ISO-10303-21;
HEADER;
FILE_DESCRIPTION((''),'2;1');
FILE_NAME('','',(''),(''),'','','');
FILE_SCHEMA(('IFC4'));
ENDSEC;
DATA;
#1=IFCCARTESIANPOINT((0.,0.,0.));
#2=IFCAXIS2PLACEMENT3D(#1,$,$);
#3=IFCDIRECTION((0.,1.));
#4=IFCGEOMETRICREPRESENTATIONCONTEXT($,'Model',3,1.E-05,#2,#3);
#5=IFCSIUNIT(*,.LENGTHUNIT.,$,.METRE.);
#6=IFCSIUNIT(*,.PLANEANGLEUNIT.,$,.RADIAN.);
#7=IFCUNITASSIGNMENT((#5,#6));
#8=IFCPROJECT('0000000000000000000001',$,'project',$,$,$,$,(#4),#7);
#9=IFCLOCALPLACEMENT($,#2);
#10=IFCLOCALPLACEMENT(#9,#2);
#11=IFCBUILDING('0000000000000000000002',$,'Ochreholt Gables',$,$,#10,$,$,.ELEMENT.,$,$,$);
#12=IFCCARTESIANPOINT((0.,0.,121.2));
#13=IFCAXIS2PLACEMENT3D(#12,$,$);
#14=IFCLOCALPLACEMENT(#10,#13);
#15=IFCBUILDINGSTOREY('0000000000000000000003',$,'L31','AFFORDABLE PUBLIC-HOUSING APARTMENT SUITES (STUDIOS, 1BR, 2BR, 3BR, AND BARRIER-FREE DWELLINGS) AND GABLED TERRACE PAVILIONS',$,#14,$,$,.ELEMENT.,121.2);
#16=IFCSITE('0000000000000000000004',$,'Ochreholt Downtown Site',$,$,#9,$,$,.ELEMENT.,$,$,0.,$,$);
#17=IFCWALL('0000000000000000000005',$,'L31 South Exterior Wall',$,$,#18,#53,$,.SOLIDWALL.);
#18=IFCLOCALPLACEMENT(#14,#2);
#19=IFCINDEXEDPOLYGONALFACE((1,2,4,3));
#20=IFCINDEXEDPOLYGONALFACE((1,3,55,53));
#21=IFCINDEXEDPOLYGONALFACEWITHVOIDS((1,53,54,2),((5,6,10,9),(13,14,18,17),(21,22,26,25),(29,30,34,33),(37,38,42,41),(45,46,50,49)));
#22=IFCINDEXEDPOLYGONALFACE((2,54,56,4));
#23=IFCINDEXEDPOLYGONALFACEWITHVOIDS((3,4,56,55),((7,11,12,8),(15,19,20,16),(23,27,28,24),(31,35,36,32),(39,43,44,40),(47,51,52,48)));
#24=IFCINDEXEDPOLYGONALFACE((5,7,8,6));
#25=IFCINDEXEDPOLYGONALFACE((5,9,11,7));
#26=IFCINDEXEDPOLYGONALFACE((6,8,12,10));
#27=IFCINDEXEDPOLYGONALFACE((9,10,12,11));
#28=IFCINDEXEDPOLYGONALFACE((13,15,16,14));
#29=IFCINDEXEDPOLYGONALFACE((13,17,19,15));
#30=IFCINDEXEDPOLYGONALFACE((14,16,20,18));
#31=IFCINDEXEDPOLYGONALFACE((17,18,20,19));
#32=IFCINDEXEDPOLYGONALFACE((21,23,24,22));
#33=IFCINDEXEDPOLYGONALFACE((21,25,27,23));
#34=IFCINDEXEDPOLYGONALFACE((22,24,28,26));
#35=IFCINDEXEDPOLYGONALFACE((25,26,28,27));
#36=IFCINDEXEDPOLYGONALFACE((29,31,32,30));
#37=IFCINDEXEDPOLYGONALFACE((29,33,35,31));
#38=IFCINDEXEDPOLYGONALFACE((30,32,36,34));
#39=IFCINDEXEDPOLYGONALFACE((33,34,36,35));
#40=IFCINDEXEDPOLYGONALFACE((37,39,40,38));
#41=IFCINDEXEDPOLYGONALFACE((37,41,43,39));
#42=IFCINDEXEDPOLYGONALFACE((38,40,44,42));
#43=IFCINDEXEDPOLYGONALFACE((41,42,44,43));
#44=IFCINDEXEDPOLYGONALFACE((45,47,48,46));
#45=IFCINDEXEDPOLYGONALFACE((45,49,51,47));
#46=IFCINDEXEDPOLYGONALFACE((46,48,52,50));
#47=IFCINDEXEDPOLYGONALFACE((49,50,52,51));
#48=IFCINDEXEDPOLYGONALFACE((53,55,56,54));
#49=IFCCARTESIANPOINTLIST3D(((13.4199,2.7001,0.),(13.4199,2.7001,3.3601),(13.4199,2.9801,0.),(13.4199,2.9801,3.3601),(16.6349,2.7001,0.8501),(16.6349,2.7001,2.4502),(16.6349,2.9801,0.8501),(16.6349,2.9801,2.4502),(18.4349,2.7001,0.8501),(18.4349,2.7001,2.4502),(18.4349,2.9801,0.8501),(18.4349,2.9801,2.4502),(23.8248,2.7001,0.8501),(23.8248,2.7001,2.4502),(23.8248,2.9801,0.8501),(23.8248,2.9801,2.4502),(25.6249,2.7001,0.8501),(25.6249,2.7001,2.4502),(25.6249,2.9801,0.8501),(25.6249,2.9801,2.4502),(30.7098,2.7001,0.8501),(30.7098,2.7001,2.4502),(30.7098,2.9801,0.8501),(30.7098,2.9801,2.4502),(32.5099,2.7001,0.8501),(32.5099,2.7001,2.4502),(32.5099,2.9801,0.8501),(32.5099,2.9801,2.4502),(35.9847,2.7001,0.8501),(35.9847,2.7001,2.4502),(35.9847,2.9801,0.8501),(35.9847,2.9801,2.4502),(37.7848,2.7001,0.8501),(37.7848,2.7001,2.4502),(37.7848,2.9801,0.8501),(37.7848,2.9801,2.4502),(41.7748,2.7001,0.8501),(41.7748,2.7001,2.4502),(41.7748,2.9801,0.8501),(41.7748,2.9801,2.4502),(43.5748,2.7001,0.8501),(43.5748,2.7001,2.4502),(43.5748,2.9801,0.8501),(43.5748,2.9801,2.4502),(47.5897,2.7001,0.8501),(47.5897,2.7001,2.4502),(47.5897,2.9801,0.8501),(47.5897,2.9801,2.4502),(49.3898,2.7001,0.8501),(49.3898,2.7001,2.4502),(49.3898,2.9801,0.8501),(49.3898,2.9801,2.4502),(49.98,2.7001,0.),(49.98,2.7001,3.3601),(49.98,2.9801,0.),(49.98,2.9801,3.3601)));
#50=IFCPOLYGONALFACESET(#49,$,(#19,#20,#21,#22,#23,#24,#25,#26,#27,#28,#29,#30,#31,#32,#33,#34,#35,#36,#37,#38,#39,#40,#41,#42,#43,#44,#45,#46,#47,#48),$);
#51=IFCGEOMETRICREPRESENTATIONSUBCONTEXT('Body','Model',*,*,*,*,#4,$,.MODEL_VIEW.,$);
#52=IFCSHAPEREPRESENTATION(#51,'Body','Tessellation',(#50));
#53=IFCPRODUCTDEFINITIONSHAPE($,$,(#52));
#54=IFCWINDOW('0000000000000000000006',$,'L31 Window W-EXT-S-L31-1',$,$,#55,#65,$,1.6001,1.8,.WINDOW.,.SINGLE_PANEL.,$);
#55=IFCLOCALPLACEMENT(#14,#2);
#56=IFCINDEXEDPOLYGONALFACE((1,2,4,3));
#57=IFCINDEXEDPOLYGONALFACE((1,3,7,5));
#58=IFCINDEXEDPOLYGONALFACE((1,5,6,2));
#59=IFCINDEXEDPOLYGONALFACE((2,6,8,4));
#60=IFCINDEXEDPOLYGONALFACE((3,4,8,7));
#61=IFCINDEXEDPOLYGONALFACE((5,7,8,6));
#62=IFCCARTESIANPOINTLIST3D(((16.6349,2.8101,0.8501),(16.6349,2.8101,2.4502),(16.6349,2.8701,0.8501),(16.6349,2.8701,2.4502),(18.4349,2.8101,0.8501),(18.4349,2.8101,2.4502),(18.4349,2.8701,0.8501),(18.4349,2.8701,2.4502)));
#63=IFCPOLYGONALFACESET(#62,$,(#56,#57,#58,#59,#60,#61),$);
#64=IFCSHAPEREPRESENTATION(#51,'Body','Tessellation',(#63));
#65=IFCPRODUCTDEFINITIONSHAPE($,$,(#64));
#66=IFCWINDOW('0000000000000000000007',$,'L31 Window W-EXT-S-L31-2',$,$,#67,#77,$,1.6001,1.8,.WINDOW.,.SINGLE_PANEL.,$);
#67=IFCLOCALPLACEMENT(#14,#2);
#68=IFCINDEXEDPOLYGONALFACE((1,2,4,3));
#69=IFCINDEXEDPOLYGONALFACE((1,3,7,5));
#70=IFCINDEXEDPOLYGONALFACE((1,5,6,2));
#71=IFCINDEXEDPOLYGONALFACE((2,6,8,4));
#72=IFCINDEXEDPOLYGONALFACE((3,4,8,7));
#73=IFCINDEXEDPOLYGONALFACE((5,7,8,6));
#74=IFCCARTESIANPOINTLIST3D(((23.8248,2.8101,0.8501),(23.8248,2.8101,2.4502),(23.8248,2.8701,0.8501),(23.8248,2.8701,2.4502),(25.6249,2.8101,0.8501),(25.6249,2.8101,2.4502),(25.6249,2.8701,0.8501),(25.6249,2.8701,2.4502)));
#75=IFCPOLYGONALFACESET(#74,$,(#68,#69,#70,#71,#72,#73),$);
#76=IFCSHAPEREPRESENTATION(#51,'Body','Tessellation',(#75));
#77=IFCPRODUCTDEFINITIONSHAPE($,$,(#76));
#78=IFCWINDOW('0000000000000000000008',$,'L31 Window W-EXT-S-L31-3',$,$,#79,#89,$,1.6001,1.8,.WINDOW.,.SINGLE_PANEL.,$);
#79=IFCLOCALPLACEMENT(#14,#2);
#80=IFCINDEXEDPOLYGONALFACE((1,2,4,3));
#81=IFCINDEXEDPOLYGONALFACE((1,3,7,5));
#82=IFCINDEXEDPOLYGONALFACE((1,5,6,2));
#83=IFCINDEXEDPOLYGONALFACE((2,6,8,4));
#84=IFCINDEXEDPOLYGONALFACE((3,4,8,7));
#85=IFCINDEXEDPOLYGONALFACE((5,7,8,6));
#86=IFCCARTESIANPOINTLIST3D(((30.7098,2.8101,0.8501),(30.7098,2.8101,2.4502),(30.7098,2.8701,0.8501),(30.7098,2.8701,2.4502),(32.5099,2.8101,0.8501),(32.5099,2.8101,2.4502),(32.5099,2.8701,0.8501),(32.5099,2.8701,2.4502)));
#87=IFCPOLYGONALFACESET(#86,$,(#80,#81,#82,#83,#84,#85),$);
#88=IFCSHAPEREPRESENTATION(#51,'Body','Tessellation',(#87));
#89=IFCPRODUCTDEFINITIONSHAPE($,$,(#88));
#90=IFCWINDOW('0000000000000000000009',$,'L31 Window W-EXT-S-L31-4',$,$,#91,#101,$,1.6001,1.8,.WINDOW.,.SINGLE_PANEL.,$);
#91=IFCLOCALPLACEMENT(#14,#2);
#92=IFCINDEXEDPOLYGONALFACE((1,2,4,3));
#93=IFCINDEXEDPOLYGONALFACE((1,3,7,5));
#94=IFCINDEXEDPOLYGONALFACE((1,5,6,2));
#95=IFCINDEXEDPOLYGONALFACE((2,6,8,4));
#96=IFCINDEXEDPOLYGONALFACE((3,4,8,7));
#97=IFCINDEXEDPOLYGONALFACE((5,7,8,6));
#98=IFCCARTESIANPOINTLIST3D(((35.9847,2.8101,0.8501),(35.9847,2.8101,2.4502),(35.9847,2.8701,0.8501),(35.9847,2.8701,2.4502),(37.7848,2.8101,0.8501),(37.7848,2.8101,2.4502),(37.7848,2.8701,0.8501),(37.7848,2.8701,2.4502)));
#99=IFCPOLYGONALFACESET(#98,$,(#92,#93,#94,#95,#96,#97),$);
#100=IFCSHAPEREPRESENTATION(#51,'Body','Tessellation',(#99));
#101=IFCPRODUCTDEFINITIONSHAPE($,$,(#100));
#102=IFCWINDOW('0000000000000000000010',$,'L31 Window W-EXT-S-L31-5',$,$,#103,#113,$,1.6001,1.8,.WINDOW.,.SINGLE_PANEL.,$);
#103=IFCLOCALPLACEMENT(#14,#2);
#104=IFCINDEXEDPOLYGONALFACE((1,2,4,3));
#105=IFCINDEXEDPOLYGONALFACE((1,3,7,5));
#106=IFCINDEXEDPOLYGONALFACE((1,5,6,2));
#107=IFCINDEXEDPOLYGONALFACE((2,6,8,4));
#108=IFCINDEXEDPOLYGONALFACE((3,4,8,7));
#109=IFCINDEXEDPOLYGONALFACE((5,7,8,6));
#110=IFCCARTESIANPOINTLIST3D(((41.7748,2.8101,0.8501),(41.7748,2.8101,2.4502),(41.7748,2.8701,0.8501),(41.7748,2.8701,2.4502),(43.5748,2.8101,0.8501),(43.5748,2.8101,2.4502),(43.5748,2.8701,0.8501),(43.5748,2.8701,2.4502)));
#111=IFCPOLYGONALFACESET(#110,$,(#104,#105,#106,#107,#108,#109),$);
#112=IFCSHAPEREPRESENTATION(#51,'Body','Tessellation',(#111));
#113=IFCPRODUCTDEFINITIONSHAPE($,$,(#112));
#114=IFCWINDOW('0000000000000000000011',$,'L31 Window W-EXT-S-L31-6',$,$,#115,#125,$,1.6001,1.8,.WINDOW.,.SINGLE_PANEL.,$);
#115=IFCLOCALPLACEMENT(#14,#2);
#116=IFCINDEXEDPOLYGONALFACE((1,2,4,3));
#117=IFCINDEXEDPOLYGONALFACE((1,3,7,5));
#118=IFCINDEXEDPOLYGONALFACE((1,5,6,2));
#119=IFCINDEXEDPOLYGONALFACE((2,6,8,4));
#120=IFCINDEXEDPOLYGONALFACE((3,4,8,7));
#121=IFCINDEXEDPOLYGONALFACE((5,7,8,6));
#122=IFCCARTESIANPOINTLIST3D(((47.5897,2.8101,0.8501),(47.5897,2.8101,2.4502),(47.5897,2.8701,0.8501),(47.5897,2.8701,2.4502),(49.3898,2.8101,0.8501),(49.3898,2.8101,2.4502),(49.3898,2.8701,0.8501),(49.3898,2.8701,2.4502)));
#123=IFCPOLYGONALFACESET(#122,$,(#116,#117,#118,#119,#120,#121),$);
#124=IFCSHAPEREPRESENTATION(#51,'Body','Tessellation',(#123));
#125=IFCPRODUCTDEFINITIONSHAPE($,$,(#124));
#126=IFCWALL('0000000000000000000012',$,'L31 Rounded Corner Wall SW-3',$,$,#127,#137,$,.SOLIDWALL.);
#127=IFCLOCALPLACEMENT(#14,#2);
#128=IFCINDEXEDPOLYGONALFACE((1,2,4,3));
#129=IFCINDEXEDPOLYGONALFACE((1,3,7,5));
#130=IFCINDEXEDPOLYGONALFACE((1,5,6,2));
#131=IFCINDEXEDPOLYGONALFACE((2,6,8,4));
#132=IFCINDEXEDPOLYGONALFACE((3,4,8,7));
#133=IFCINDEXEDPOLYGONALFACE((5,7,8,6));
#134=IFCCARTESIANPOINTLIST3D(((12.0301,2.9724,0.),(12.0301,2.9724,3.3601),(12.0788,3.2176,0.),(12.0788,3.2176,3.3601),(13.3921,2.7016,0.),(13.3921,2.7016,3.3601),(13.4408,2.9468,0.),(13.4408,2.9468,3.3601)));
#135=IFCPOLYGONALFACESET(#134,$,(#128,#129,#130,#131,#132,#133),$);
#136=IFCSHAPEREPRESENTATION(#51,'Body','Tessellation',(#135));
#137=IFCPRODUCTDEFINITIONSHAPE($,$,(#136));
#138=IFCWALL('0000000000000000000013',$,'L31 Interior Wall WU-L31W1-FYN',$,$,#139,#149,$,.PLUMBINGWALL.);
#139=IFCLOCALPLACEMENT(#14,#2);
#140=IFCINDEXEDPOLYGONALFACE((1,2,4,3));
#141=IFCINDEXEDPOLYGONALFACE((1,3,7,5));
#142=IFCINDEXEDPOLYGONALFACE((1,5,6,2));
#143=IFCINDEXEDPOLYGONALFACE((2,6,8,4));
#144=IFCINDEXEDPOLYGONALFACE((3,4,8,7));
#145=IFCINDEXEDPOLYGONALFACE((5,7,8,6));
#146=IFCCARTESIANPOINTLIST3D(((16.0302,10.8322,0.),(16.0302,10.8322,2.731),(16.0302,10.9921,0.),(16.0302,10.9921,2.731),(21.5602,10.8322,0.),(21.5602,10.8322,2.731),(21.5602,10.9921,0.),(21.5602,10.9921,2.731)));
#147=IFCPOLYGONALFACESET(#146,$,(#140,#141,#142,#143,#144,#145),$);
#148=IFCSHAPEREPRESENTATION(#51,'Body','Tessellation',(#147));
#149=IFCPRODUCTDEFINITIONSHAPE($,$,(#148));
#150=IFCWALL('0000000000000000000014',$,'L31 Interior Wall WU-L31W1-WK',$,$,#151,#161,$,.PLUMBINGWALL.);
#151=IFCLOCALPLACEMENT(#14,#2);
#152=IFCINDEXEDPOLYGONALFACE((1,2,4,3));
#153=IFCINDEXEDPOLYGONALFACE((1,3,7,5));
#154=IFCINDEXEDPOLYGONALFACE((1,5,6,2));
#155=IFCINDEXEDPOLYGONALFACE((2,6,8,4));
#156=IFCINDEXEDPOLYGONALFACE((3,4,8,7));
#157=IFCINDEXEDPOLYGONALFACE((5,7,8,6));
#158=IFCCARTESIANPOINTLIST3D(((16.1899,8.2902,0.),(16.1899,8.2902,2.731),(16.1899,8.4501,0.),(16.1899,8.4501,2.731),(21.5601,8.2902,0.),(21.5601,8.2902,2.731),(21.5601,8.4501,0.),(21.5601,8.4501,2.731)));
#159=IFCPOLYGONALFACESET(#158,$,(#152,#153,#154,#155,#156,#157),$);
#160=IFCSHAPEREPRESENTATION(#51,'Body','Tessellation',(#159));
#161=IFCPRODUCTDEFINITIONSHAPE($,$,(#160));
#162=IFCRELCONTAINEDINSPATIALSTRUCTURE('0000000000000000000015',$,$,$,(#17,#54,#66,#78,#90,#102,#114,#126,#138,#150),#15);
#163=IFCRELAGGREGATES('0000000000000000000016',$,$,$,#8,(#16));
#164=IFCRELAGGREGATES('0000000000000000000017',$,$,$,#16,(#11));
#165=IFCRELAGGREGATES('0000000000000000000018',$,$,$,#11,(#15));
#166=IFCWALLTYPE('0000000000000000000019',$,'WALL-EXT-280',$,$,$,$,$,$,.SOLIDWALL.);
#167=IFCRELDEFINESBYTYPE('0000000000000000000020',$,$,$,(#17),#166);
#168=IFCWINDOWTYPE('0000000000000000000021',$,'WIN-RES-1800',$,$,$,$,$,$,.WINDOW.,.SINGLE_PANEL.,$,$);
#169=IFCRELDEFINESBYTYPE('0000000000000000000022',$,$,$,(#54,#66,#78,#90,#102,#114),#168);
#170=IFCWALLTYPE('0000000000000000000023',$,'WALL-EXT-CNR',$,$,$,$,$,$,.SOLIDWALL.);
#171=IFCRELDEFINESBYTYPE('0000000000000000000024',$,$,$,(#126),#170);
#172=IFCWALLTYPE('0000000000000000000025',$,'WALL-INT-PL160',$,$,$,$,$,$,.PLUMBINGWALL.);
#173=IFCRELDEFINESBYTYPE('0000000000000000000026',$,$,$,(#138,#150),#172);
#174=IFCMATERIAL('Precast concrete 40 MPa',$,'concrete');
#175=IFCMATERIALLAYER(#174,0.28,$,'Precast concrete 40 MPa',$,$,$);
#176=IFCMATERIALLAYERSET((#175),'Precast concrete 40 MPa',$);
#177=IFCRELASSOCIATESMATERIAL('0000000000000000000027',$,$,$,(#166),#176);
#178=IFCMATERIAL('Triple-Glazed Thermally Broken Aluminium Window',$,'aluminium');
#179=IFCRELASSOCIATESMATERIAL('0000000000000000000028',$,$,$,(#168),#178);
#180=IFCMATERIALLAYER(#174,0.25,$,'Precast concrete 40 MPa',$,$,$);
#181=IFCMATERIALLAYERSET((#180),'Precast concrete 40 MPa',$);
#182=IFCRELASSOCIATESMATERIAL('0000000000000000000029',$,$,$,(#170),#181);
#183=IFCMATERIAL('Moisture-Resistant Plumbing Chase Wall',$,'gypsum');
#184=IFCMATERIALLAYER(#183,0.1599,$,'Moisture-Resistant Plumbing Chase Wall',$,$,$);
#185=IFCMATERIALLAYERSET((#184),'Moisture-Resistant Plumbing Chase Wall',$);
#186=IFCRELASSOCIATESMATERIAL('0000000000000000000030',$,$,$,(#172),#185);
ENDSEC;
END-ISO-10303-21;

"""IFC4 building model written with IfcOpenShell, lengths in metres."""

from ifc_helpers import new_model, si_unit, direction, frame, frame_2d, origin, place, context, subcontext, project, spatial, rectangle, extrude, material, layer, layer_set, type_object, element, fill, save


model = new_model("IFC4")

# Units and contexts
model_context = context("Model", 3, precision=1e-05, world=origin(), true_north=direction((0.0, 1.0)))
body_context = subcontext(model_context, "Body", "Model", "MODEL_VIEW")
ifc_project = project(units=[si_unit("LENGTHUNIT", "METRE"), si_unit("PLANEANGLEUNIT", "RADIAN")], contexts=[model_context])

# Site, building, storey
site_placement = place(None, origin())
site = spatial("IfcSite", under=ifc_project, at=site_placement, Name="Ochreholt Downtown Site", CompositionType="ELEMENT", RefElevation=0.0)
building_placement = place(site_placement, origin())
building = spatial("IfcBuilding", under=site, at=building_placement, Name="Ochreholt Gables", CompositionType="ELEMENT")
storey_placement = place(building_placement, frame((0.0, 0.0, 121.2)))
storey = spatial("IfcBuildingStorey", under=building, at=storey_placement, Name="L31", Description="AFFORDABLE PUBLIC-HOUSING APARTMENT SUITES (STUDIOS, 1BR, 2BR, 3BR, AND BARRIER-FREE DWELLINGS) AND GABLED TERRACE PAVILIONS", CompositionType="ELEMENT", Elevation=121.2)

# Wall, openings, windows
ifc_material_1 = material(Name="Precast concrete 40 MPa", Category="concrete")
ifc_layer_1 = layer(ifc_material_1, 0.28, Name="Precast concrete 40 MPa")
ifc_layer_set_1 = layer_set([ifc_layer_1], Name="Precast concrete 40 MPa")
wall_type_1 = type_object("IfcWallType", Name="WALL-EXT-280", PredefinedType="SOLIDWALL", material=ifc_layer_set_1)
wall_1_placement = place(storey_placement, frame((13.4199, 2.8401, 0.0), z_axis=(0.0, 0.0, 1.0), x_axis=(1.0, 0.0, 0.0)))
wall_1 = element("IfcWall", 1, at=wall_1_placement, inside=storey, type_object=wall_type_1, Name="L31 South Exterior Wall", PredefinedType="SOLIDWALL", context=body_context, shape_type="SweptSolid", body=[
    extrude(rectangle(XDim=36.5601, YDim=0.28, at=frame_2d((18.28, 0.0))), origin(), (0.0, 0.0, 1.0), 3.3601),
])
opening_1_placement = place(wall_1_placement, frame((3.2151, 0.0, 0.8501)))
opening_1 = element("IfcOpeningElement", 2, at=opening_1_placement, cuts=wall_1, PredefinedType="OPENING", context=body_context, shape_type="SweptSolid", body=[
    extrude(rectangle(XDim=1.8, YDim=1.6001, at=frame_2d((0.8999, 0.8))), frame((0.0, 0.1499, 0.0), z_axis=(0.0, -1.0, 0.0), x_axis=(1.0, 0.0, 0.0)), (0.0, 0.0, 1.0), 0.3),
])
opening_2_placement = place(wall_1_placement, frame((10.405, 0.0, 0.8501)))
opening_2 = element("IfcOpeningElement", 3, at=opening_2_placement, cuts=wall_1, PredefinedType="OPENING", context=body_context, shape_type="SweptSolid", body=[
    extrude(rectangle(XDim=1.8, YDim=1.6001, at=frame_2d((0.8999, 0.8))), frame((0.0, 0.1499, 0.0), z_axis=(0.0, -1.0, 0.0), x_axis=(1.0, 0.0, 0.0)), (0.0, 0.0, 1.0), 0.3),
])
opening_3_placement = place(wall_1_placement, frame((17.29, 0.0, 0.8501)))
opening_3 = element("IfcOpeningElement", 4, at=opening_3_placement, cuts=wall_1, PredefinedType="OPENING", context=body_context, shape_type="SweptSolid", body=[
    extrude(rectangle(XDim=1.8, YDim=1.6001, at=frame_2d((0.8999, 0.8))), frame((0.0, 0.1499, 0.0), z_axis=(0.0, -1.0, 0.0), x_axis=(1.0, 0.0, 0.0)), (0.0, 0.0, 1.0), 0.3),
])
opening_4_placement = place(wall_1_placement, frame((22.5649, 0.0, 0.8501)))
opening_4 = element("IfcOpeningElement", 5, at=opening_4_placement, cuts=wall_1, PredefinedType="OPENING", context=body_context, shape_type="SweptSolid", body=[
    extrude(rectangle(XDim=1.8, YDim=1.6001, at=frame_2d((0.8999, 0.8))), frame((0.0, 0.1499, 0.0), z_axis=(0.0, -1.0, 0.0), x_axis=(1.0, 0.0, 0.0)), (0.0, 0.0, 1.0), 0.3),
])
opening_5_placement = place(wall_1_placement, frame((28.355, 0.0, 0.8501)))
opening_5 = element("IfcOpeningElement", 6, at=opening_5_placement, cuts=wall_1, PredefinedType="OPENING", context=body_context, shape_type="SweptSolid", body=[
    extrude(rectangle(XDim=1.8, YDim=1.6001, at=frame_2d((0.8999, 0.8))), frame((0.0, 0.1499, 0.0), z_axis=(0.0, -1.0, 0.0), x_axis=(1.0, 0.0, 0.0)), (0.0, 0.0, 1.0), 0.3),
])
opening_6_placement = place(wall_1_placement, frame((34.1699, 0.0, 0.8501)))
opening_6 = element("IfcOpeningElement", 7, at=opening_6_placement, cuts=wall_1, PredefinedType="OPENING", context=body_context, shape_type="SweptSolid", body=[
    extrude(rectangle(XDim=1.8, YDim=1.6001, at=frame_2d((0.8999, 0.8))), frame((0.0, 0.1499, 0.0), z_axis=(0.0, -1.0, 0.0), x_axis=(1.0, 0.0, 0.0)), (0.0, 0.0, 1.0), 0.3),
])
ifc_material_2 = material(Name="Triple-Glazed Thermally Broken Aluminium Window", Category="aluminium")
window_type = type_object("IfcWindowType", Name="WIN-RES-1800", PartitioningType="SINGLE_PANEL", PredefinedType="WINDOW", material=ifc_material_2)
window_1_placement = place(opening_1_placement, origin())
window_1 = element("IfcWindow", 8, at=window_1_placement, inside=storey, type_object=window_type, Name="L31 Window W-EXT-S-L31-1", OverallHeight=1.6001, OverallWidth=1.8, PartitioningType="SINGLE_PANEL", PredefinedType="WINDOW", context=body_context, shape_type="SweptSolid", body=[
    extrude(rectangle(XDim=1.8, YDim=1.6001, at=frame_2d((0.8999, 0.8))), frame((0.0, 0.03, 0.0), z_axis=(0.0, -1.0, 0.0), x_axis=(1.0, 0.0, 0.0)), (0.0, 0.0, 1.0), 0.0601),
])
fill(opening_1, window_1)
window_2_placement = place(opening_2_placement, origin())
window_2 = element("IfcWindow", 9, at=window_2_placement, inside=storey, type_object=window_type, Name="L31 Window W-EXT-S-L31-2", OverallHeight=1.6001, OverallWidth=1.8, PartitioningType="SINGLE_PANEL", PredefinedType="WINDOW", context=body_context, shape_type="SweptSolid", body=[
    extrude(rectangle(XDim=1.8, YDim=1.6001, at=frame_2d((0.8999, 0.8))), frame((0.0, 0.03, 0.0), z_axis=(0.0, -1.0, 0.0), x_axis=(1.0, 0.0, 0.0)), (0.0, 0.0, 1.0), 0.0601),
])
fill(opening_2, window_2)
window_3_placement = place(opening_3_placement, origin())
window_3 = element("IfcWindow", 10, at=window_3_placement, inside=storey, type_object=window_type, Name="L31 Window W-EXT-S-L31-3", OverallHeight=1.6001, OverallWidth=1.8, PartitioningType="SINGLE_PANEL", PredefinedType="WINDOW", context=body_context, shape_type="SweptSolid", body=[
    extrude(rectangle(XDim=1.8, YDim=1.6001, at=frame_2d((0.8999, 0.8))), frame((0.0, 0.03, 0.0), z_axis=(0.0, -1.0, 0.0), x_axis=(1.0, 0.0, 0.0)), (0.0, 0.0, 1.0), 0.0601),
])
fill(opening_3, window_3)
window_4_placement = place(opening_4_placement, origin())
window_4 = element("IfcWindow", 11, at=window_4_placement, inside=storey, type_object=window_type, Name="L31 Window W-EXT-S-L31-4", OverallHeight=1.6001, OverallWidth=1.8, PartitioningType="SINGLE_PANEL", PredefinedType="WINDOW", context=body_context, shape_type="SweptSolid", body=[
    extrude(rectangle(XDim=1.8, YDim=1.6001, at=frame_2d((0.8999, 0.8))), frame((0.0, 0.03, 0.0), z_axis=(0.0, -1.0, 0.0), x_axis=(1.0, 0.0, 0.0)), (0.0, 0.0, 1.0), 0.0601),
])
fill(opening_4, window_4)
window_5_placement = place(opening_5_placement, origin())
window_5 = element("IfcWindow", 12, at=window_5_placement, inside=storey, type_object=window_type, Name="L31 Window W-EXT-S-L31-5", OverallHeight=1.6001, OverallWidth=1.8, PartitioningType="SINGLE_PANEL", PredefinedType="WINDOW", context=body_context, shape_type="SweptSolid", body=[
    extrude(rectangle(XDim=1.8, YDim=1.6001, at=frame_2d((0.8999, 0.8))), frame((0.0, 0.03, 0.0), z_axis=(0.0, -1.0, 0.0), x_axis=(1.0, 0.0, 0.0)), (0.0, 0.0, 1.0), 0.0601),
])
fill(opening_5, window_5)
window_6_placement = place(opening_6_placement, origin())
window_6 = element("IfcWindow", 13, at=window_6_placement, inside=storey, type_object=window_type, Name="L31 Window W-EXT-S-L31-6", OverallHeight=1.6001, OverallWidth=1.8, PartitioningType="SINGLE_PANEL", PredefinedType="WINDOW", context=body_context, shape_type="SweptSolid", body=[
    extrude(rectangle(XDim=1.8, YDim=1.6001, at=frame_2d((0.8999, 0.8))), frame((0.0, 0.03, 0.0), z_axis=(0.0, -1.0, 0.0), x_axis=(1.0, 0.0, 0.0)), (0.0, 0.0, 1.0), 0.0601),
])
fill(opening_6, window_6)

# Walls
ifc_layer_2 = layer(ifc_material_1, 0.25, Name="Precast concrete 40 MPa")
ifc_layer_set_2 = layer_set([ifc_layer_2], Name="Precast concrete 40 MPa")
wall_type_2 = type_object("IfcWallType", Name="WALL-EXT-CNR", PredefinedType="SOLIDWALL", material=ifc_layer_set_2)
wall_2_placement = place(storey_placement, frame((12.0544, 3.095, 0.0), z_axis=(0.0, 0.0, 1.0), x_axis=(0.98081, -0.194967, 0.0)))
element("IfcWall", 14, at=wall_2_placement, inside=storey, type_object=wall_type_2, Name="L31 Rounded Corner Wall SW-3", PredefinedType="SOLIDWALL", context=body_context, shape_type="SweptSolid", body=[
    extrude(rectangle(XDim=1.3887, YDim=0.25, at=frame_2d((0.6943, 0.0))), origin(), (0.0, 0.0, 1.0), 3.3601),
])
ifc_material_3 = material(Name="Moisture-Resistant Plumbing Chase Wall", Category="gypsum")
ifc_layer_3 = layer(ifc_material_3, 0.1599, Name="Moisture-Resistant Plumbing Chase Wall")
ifc_layer_set_3 = layer_set([ifc_layer_3], Name="Moisture-Resistant Plumbing Chase Wall")
wall_type_3 = type_object("IfcWallType", Name="WALL-INT-PL160", PredefinedType="PLUMBINGWALL", material=ifc_layer_set_3)
wall_3_placement = place(storey_placement, frame((16.03, 10.9121, 0.0), z_axis=(0.0, 0.0, 1.0), x_axis=(1.0, 0.0, 0.0)))
element("IfcWall", 15, at=wall_3_placement, inside=storey, type_object=wall_type_3, Name="L31 Interior Wall WU-L31W1-FYN", PredefinedType="PLUMBINGWALL", context=body_context, shape_type="SweptSolid", body=[
    extrude(rectangle(XDim=5.53, YDim=0.1599, at=frame_2d((2.7651, 0.0))), origin(), (0.0, 0.0, 1.0), 2.731),
])

# Wall
wall_4_placement = place(storey_placement, frame((16.1899, 8.3701, 0.0), z_axis=(0.0, 0.0, 1.0), x_axis=(1.0, 0.0, 0.0)))
element("IfcWall", 16, at=wall_4_placement, inside=storey, type_object=wall_type_3, Name="L31 Interior Wall WU-L31W1-WK", PredefinedType="PLUMBINGWALL", context=body_context, shape_type="SweptSolid", body=[
    extrude(rectangle(XDim=5.3701, YDim=0.1599, at=frame_2d((2.6851, 0.0))), origin(), (0.0, 0.0, 1.0), 2.731),
])

save(model, "model.ifc")
